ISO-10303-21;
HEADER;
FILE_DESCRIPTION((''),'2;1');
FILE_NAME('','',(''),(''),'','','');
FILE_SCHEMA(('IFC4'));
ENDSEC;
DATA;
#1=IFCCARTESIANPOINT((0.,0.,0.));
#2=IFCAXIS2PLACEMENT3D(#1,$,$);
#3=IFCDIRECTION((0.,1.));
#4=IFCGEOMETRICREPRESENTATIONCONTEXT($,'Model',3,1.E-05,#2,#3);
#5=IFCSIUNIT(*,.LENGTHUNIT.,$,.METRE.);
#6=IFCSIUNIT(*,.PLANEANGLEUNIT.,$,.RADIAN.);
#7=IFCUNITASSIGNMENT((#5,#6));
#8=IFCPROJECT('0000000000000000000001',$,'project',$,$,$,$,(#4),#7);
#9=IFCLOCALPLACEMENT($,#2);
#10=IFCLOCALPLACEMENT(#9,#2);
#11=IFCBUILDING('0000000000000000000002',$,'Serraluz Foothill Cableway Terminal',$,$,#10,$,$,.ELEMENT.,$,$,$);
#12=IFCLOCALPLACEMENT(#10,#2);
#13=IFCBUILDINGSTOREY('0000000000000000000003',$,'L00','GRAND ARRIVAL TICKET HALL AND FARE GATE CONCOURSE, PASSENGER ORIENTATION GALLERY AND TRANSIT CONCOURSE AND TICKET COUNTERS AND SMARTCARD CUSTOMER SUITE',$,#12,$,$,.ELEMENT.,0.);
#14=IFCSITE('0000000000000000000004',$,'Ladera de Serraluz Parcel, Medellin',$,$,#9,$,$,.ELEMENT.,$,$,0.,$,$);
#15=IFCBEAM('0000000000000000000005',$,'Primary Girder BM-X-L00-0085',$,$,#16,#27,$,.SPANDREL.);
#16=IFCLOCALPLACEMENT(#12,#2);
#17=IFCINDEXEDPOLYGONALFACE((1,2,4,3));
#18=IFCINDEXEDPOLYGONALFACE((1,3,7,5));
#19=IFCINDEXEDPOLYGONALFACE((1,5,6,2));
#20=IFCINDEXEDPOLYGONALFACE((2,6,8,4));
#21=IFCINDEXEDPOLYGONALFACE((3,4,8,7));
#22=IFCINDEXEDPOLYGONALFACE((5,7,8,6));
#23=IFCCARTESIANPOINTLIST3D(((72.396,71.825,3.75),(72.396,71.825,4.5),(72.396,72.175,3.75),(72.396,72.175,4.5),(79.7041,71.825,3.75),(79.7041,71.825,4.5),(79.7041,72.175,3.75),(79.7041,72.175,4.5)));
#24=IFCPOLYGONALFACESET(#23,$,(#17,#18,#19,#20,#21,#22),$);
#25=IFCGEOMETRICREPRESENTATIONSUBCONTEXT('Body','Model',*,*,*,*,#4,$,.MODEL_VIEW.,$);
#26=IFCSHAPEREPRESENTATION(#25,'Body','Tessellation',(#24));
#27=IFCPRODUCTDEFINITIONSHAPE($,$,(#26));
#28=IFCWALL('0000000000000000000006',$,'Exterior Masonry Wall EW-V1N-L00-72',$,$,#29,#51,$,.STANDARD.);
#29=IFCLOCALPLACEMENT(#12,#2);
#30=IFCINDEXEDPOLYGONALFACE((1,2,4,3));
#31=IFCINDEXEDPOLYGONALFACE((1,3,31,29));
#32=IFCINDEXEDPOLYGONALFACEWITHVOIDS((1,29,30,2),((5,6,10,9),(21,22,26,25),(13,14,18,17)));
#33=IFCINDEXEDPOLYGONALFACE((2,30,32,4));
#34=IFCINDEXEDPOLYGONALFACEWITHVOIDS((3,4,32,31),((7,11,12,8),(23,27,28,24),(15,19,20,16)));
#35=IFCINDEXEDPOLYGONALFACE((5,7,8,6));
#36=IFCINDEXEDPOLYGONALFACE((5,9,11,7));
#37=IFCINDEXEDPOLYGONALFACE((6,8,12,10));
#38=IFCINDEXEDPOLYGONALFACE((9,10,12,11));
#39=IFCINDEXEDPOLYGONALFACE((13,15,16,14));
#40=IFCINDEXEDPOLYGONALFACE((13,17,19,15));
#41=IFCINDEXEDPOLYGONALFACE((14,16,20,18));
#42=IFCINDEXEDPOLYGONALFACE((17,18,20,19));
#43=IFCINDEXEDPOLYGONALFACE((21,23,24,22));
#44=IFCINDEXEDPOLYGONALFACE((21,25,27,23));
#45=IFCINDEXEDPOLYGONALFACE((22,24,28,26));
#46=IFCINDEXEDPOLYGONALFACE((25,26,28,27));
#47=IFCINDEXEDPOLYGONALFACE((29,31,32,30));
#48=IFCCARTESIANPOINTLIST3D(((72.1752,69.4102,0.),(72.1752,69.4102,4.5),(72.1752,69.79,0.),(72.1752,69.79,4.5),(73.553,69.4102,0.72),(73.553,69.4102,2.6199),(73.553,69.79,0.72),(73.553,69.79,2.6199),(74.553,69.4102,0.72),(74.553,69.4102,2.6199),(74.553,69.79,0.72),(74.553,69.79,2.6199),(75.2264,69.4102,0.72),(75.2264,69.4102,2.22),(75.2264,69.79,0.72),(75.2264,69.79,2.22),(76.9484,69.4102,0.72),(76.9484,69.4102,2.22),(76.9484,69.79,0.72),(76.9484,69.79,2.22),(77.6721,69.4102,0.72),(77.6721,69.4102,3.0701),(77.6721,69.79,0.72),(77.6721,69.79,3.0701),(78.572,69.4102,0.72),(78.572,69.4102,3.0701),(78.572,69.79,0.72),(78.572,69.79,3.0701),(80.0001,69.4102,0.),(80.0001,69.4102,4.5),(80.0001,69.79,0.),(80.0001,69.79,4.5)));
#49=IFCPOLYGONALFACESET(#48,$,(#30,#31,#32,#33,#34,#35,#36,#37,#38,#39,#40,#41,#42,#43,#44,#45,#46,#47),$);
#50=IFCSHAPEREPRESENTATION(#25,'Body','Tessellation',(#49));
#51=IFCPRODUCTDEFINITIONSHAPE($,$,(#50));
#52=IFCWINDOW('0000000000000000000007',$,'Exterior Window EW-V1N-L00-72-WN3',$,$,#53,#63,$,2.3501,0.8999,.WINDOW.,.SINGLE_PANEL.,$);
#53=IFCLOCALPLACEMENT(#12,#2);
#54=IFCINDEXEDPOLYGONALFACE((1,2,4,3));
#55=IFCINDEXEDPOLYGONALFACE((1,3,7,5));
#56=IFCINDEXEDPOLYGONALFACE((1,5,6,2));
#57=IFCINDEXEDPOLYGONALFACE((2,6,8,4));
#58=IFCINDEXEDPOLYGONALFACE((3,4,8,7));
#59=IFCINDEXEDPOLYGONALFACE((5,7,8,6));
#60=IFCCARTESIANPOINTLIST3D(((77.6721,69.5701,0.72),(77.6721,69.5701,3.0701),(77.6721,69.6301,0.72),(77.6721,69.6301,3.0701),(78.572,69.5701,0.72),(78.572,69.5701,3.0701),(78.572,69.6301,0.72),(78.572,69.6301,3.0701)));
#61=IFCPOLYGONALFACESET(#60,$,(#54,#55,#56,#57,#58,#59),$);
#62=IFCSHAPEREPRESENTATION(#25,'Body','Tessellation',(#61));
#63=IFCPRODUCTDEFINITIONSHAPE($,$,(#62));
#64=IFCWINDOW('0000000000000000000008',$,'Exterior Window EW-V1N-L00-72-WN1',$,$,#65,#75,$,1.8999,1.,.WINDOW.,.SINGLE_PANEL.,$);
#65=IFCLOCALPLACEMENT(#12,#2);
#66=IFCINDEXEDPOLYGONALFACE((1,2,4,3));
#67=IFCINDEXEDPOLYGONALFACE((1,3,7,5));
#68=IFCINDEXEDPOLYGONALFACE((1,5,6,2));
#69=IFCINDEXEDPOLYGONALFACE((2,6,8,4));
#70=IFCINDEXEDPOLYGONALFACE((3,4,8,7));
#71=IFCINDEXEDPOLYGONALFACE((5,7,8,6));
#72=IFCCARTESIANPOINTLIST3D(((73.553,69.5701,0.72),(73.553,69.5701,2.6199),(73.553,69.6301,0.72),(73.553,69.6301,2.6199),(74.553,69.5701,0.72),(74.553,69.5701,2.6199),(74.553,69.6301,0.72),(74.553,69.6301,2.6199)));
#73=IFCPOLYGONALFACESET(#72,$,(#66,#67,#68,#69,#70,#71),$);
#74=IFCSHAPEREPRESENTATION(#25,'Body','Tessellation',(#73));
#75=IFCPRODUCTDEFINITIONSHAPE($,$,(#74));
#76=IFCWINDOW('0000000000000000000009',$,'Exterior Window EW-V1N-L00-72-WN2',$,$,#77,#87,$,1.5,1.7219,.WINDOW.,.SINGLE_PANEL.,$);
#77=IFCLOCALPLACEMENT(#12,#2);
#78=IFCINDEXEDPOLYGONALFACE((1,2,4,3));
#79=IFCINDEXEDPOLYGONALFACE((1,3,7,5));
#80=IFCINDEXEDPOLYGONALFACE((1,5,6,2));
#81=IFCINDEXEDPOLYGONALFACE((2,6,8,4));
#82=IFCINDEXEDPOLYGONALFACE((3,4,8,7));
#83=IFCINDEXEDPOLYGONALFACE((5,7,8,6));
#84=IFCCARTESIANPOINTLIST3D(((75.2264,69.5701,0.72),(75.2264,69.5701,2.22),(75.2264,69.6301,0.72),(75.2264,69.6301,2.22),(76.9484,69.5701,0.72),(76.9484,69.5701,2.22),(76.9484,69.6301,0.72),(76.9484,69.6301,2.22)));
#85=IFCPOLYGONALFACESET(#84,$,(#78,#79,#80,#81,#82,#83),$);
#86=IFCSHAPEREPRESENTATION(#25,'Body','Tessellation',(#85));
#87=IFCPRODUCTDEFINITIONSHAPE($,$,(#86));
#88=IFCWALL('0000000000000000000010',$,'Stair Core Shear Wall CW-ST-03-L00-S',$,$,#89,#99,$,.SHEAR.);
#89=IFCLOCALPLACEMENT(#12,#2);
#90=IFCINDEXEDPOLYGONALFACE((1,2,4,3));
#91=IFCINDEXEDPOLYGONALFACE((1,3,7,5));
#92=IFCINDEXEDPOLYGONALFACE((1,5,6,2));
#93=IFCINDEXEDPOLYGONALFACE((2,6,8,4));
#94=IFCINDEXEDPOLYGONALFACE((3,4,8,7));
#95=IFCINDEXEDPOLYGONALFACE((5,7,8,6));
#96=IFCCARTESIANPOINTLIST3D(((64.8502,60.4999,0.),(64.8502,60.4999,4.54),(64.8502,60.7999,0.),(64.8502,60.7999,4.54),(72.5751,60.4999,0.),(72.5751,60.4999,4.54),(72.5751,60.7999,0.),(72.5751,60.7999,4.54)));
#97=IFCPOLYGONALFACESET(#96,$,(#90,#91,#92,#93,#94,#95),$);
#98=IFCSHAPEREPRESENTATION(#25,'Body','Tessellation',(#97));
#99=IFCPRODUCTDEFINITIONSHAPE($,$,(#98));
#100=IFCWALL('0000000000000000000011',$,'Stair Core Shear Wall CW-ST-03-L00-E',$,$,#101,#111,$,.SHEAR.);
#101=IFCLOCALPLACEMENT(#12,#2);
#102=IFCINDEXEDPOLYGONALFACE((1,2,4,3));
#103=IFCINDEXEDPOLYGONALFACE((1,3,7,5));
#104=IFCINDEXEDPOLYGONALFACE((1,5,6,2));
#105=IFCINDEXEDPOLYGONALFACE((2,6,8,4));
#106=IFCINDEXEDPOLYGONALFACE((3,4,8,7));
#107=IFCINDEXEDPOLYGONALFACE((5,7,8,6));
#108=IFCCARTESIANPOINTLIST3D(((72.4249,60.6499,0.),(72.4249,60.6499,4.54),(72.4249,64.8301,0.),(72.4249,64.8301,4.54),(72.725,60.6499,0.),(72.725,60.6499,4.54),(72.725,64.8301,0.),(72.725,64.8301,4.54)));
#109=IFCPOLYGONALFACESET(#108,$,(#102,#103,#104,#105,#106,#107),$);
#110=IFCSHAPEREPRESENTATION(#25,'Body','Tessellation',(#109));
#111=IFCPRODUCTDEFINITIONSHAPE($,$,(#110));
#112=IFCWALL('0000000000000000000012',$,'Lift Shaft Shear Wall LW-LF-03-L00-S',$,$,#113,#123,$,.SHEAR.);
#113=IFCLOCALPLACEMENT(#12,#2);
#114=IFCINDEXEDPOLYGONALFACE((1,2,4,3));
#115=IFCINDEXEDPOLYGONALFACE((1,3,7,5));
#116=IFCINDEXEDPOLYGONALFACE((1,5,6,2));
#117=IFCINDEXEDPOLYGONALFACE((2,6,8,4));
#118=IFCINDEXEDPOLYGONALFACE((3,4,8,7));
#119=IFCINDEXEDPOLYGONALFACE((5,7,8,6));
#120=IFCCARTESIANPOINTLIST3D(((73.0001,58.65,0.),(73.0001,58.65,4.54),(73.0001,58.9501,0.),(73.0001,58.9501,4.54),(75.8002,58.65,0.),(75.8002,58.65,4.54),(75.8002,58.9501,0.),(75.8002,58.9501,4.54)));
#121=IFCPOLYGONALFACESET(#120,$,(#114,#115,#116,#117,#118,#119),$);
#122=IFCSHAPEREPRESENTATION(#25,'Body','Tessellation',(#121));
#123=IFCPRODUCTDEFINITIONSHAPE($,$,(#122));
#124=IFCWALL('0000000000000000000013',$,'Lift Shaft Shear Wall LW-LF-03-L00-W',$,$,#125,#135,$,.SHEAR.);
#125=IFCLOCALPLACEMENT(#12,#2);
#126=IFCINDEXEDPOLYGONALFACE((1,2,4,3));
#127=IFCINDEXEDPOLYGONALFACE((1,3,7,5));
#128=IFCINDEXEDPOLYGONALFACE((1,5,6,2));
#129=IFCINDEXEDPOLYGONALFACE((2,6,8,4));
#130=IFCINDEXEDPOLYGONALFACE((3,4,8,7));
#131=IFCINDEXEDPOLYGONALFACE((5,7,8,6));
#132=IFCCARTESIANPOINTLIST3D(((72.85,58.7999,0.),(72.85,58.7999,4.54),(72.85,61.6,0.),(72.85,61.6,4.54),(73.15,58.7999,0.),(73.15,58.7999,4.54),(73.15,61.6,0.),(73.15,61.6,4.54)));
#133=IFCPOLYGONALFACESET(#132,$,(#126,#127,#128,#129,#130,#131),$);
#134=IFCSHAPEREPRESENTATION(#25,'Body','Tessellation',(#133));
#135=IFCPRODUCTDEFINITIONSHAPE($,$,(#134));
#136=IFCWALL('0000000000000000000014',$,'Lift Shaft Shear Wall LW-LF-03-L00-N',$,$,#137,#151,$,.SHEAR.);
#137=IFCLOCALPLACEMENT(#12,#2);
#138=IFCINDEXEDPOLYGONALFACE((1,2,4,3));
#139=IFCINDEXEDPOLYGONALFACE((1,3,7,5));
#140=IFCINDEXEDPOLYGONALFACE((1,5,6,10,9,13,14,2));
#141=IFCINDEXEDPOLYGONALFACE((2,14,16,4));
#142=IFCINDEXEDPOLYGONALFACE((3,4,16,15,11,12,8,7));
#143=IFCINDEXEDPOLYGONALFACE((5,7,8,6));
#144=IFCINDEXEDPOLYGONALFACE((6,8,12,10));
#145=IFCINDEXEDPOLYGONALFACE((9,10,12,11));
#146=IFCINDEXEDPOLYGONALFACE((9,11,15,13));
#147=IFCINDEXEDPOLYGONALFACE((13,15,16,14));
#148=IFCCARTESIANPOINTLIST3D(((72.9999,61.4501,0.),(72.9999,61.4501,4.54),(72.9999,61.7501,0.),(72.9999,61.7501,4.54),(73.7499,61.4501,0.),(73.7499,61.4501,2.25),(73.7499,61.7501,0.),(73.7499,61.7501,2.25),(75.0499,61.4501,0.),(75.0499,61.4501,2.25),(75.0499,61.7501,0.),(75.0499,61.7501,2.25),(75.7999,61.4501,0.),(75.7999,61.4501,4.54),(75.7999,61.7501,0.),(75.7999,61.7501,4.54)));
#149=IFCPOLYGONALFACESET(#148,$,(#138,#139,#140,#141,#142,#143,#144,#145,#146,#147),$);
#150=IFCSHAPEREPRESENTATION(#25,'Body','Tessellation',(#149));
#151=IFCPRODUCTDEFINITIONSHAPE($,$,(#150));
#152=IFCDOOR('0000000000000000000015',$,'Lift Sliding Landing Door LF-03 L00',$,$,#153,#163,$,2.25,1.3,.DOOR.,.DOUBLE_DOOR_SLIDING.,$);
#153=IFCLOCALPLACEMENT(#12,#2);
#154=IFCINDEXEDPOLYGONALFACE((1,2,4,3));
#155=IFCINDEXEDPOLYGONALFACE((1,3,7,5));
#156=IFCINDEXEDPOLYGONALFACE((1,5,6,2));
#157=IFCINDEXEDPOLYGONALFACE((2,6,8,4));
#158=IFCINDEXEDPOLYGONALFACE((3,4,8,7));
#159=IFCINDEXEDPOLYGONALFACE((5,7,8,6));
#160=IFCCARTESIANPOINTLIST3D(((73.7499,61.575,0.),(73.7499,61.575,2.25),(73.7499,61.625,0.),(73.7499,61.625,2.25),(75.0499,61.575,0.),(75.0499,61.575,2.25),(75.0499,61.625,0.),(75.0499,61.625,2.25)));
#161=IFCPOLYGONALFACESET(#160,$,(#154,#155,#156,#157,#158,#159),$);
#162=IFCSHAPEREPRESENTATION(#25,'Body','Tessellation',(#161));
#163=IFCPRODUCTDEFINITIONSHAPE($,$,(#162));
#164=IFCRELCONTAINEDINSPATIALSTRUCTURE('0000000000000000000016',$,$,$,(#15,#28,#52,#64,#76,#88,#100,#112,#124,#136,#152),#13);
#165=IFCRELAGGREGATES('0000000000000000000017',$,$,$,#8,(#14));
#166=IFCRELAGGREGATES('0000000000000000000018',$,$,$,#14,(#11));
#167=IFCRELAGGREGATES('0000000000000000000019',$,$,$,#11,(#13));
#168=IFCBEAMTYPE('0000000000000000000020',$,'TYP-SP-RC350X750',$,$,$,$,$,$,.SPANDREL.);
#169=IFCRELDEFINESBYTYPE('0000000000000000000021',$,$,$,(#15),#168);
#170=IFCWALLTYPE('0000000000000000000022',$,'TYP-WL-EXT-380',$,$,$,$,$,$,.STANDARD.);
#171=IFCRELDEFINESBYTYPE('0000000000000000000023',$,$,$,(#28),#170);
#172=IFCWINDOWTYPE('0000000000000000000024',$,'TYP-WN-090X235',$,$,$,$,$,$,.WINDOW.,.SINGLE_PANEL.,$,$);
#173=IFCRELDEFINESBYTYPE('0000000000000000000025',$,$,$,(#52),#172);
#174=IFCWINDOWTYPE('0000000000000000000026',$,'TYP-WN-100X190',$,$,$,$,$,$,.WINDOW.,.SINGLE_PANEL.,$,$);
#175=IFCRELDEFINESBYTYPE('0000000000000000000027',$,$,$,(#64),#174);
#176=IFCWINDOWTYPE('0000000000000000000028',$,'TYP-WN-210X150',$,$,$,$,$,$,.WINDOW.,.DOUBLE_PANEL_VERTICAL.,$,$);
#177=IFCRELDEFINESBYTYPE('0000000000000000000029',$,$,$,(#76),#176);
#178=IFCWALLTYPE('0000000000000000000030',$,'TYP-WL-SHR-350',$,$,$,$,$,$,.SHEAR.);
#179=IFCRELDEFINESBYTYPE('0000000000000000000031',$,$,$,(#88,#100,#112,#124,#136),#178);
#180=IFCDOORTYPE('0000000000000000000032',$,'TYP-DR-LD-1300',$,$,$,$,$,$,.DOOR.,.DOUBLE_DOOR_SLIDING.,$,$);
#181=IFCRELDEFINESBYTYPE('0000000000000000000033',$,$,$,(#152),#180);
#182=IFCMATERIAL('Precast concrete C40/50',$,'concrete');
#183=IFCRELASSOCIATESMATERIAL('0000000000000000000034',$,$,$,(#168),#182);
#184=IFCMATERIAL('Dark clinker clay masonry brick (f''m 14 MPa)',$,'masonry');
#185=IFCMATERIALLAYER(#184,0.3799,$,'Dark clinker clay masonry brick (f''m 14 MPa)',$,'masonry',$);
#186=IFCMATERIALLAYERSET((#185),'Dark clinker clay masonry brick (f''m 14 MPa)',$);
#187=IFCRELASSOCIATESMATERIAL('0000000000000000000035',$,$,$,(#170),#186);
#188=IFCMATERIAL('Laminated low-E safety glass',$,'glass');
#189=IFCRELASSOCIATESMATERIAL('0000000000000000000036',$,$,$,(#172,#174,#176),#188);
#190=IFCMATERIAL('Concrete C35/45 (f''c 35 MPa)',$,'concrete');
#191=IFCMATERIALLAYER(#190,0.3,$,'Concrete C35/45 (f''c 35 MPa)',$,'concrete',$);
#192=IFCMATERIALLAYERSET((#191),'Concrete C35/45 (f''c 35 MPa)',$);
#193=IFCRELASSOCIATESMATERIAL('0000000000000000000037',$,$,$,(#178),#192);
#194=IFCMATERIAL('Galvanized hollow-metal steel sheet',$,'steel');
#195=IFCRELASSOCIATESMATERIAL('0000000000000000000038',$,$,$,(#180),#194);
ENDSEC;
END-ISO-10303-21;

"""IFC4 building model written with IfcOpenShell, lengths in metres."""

from ifc_helpers import new_model, si_unit, direction, frame, frame_2d, origin, origin_2d, place, context, subcontext, project, spatial, rectangle, extrude, material, layer, layer_set, material_profile, profile_set, type_object, element, fill, save


model = new_model("IFC4")

# Units and contexts
model_context = context("Model", 3, precision=1e-05, world=origin(), true_north=direction((0.0, 1.0)))
body_context = subcontext(model_context, "Body", "Model", "MODEL_VIEW")
ifc_project = project(units=[si_unit("LENGTHUNIT", "METRE"), si_unit("PLANEANGLEUNIT", "RADIAN")], contexts=[model_context])

# Site, building, storey
site_placement = place(None, origin())
site = spatial("IfcSite", under=ifc_project, at=site_placement, Name="Ladera de Serraluz Parcel, Medellin", CompositionType="ELEMENT", RefElevation=0.0)
building_placement = place(site_placement, origin())
building = spatial("IfcBuilding", under=site, at=building_placement, Name="Serraluz Foothill Cableway Terminal", CompositionType="ELEMENT")
storey_placement = place(building_placement, origin())
storey = spatial("IfcBuildingStorey", under=building, at=storey_placement, Name="L00", Description="GRAND ARRIVAL TICKET HALL AND FARE GATE CONCOURSE, PASSENGER ORIENTATION GALLERY AND TRANSIT CONCOURSE AND TICKET COUNTERS AND SMARTCARD CUSTOMER SUITE", CompositionType="ELEMENT", Elevation=0.0)

# Shared definitions
ifc_material_1 = material(Name="Concrete C35/45 (f'c 35 MPa)", Category="concrete")

# Shared definitions
ifc_material_2 = material(Name="Dark clinker clay masonry brick (f'm 14 MPa)", Category="masonry")

# Beam
ifc_material_3 = material(Name="Precast concrete C40/50", Category="concrete")
ifc_material_profile_1 = material_profile(ifc_material_3, rectangle(XDim=0.3501, YDim=0.75, at=origin_2d()), Name="RC SP 350x750")
ifc_profile_set_1 = profile_set([ifc_material_profile_1], Name="Precast concrete C40/50")
beam_type = type_object("IfcBeamType", Name="TYP-SP-RC350X750", PredefinedType="SPANDREL", material=ifc_profile_set_1)
beam_placement = place(storey_placement, frame((72.396, 72.0, 4.125), z_axis=(1.0, 0.0, 0.0), x_axis=(0.0, 1.0, 0.0)))
element("IfcBeam", 1, at=beam_placement, inside=storey, type_object=beam_type, Name="Primary Girder BM-X-L00-0085", PredefinedType="SPANDREL", context=body_context, shape_type="SweptSolid", body=[
    extrude(rectangle(XDim=0.3501, YDim=0.75, at=origin_2d()), origin(), (0.0, 0.0, 1.0), 7.3081),
])

# Wall, openings, windows
ifc_layer_1 = layer(ifc_material_2, 0.3799, Name="Dark clinker clay masonry brick (f'm 14 MPa)", Category="masonry")
ifc_layer_set_1 = layer_set([ifc_layer_1], Name="Dark clinker clay masonry brick (f'm 14 MPa)")
wall_type_1 = type_object("IfcWallType", Name="TYP-WL-EXT-380", PredefinedType="STANDARD", material=ifc_layer_set_1)
wall_1_placement = place(storey_placement, frame((72.175, 69.6001, 0.0), z_axis=(0.0, 0.0, 1.0), x_axis=(1.0, 0.0, 0.0)))
wall_1 = element("IfcWall", 2, at=wall_1_placement, inside=storey, type_object=wall_type_1, Name="Exterior Masonry Wall EW-V1N-L00-72", PredefinedType="STANDARD", context=body_context, shape_type="SweptSolid", body=[
    extrude(rectangle(XDim=7.825, YDim=0.3799, at=frame_2d((3.9126, 0.0))), origin(), (0.0, 0.0, 1.0), 4.5),
])
opening_1_placement = place(wall_1_placement, frame((1.3779, 0.0, 0.72)))
opening_1 = element("IfcOpeningElement", 3, at=opening_1_placement, cuts=wall_1, PredefinedType="OPENING", context=body_context, shape_type="SweptSolid", body=[
    extrude(rectangle(XDim=1.0, YDim=1.8999, at=frame_2d((0.5, 0.95))), frame((0.0, 0.2, 0.0), z_axis=(0.0, -1.0, 0.0), x_axis=(1.0, 0.0, 0.0)), (0.0, 0.0, 1.0), 0.3999),
])
opening_2_placement = place(wall_1_placement, frame((3.0515, 0.0, 0.72)))
opening_2 = element("IfcOpeningElement", 4, at=opening_2_placement, cuts=wall_1, PredefinedType="OPENING", context=body_context, shape_type="SweptSolid", body=[
    extrude(rectangle(XDim=1.7219, YDim=1.5, at=frame_2d((0.8608, 0.75))), frame((0.0, 0.2, 0.0), z_axis=(0.0, -1.0, 0.0), x_axis=(1.0, 0.0, 0.0)), (0.0, 0.0, 1.0), 0.3999),
])
opening_3_placement = place(wall_1_placement, frame((5.4971, 0.0, 0.72)))
opening_3 = element("IfcOpeningElement", 5, at=opening_3_placement, cuts=wall_1, PredefinedType="OPENING", context=body_context, shape_type="SweptSolid", body=[
    extrude(rectangle(XDim=0.8999, YDim=2.3501, at=frame_2d((0.45, 1.175))), frame((0.0, 0.2, 0.0), z_axis=(0.0, -1.0, 0.0), x_axis=(1.0, 0.0, 0.0)), (0.0, 0.0, 1.0), 0.3999),
])
ifc_material_4 = material(Name="Laminated low-E safety glass", Category="glass")
window_type_1 = type_object("IfcWindowType", Name="TYP-WN-090X235", PartitioningType="SINGLE_PANEL", PredefinedType="WINDOW", material=ifc_material_4)
window_1_placement = place(opening_3_placement, origin())
window_1 = element("IfcWindow", 6, at=window_1_placement, inside=storey, type_object=window_type_1, Name="Exterior Window EW-V1N-L00-72-WN3", OverallHeight=2.3501, OverallWidth=0.8999, PartitioningType="SINGLE_PANEL", PredefinedType="WINDOW", context=body_context, shape_type="SweptSolid", body=[
    extrude(rectangle(XDim=0.8999, YDim=2.3501, at=frame_2d((0.45, 1.175))), frame((0.0, 0.03, 0.0), z_axis=(0.0, -1.0, 0.0), x_axis=(1.0, 0.0, 0.0)), (0.0, 0.0, 1.0), 0.0601),
])
fill(opening_3, window_1)
window_type_2 = type_object("IfcWindowType", Name="TYP-WN-100X190", PartitioningType="SINGLE_PANEL", PredefinedType="WINDOW", material=ifc_material_4)
window_2_placement = place(opening_1_placement, origin())
window_2 = element("IfcWindow", 7, at=window_2_placement, inside=storey, type_object=window_type_2, Name="Exterior Window EW-V1N-L00-72-WN1", OverallHeight=1.8999, OverallWidth=1.0, PartitioningType="SINGLE_PANEL", PredefinedType="WINDOW", context=body_context, shape_type="SweptSolid", body=[
    extrude(rectangle(XDim=1.0, YDim=1.8999, at=frame_2d((0.5, 0.95))), frame((0.0, 0.03, 0.0), z_axis=(0.0, -1.0, 0.0), x_axis=(1.0, 0.0, 0.0)), (0.0, 0.0, 1.0), 0.0601),
])
fill(opening_1, window_2)
window_type_3 = type_object("IfcWindowType", Name="TYP-WN-210X150", PartitioningType="DOUBLE_PANEL_VERTICAL", PredefinedType="WINDOW", material=ifc_material_4)
window_3_placement = place(opening_2_placement, origin())
window_3 = element("IfcWindow", 8, at=window_3_placement, inside=storey, type_object=window_type_3, Name="Exterior Window EW-V1N-L00-72-WN2", OverallHeight=1.5, OverallWidth=1.7219, PartitioningType="SINGLE_PANEL", PredefinedType="WINDOW", context=body_context, shape_type="SweptSolid", body=[
    extrude(rectangle(XDim=1.7219, YDim=1.5, at=frame_2d((0.8608, 0.75))), frame((0.0, 0.03, 0.0), z_axis=(0.0, -1.0, 0.0), x_axis=(1.0, 0.0, 0.0)), (0.0, 0.0, 1.0), 0.0601),
])
fill(opening_2, window_3)

# Walls
ifc_layer_2 = layer(ifc_material_1, 0.3, Name="Concrete C35/45 (f'c 35 MPa)", Category="concrete")
ifc_layer_set_2 = layer_set([ifc_layer_2], Name="Concrete C35/45 (f'c 35 MPa)")
wall_type_2 = type_object("IfcWallType", Name="TYP-WL-SHR-350", PredefinedType="SHEAR", material=ifc_layer_set_2)
wall_2_placement = place(storey_placement, frame((72.575, 60.6499, 0.0), z_axis=(0.0, 0.0, 1.0), x_axis=(-1.0, 0.0, 0.0)))
element("IfcWall", 9, at=wall_2_placement, inside=storey, type_object=wall_type_2, Name="Stair Core Shear Wall CW-ST-03-L00-S", PredefinedType="SHEAR", context=body_context, shape_type="SweptSolid", body=[
    extrude(rectangle(XDim=7.7249, YDim=0.3, at=frame_2d((3.8623, 0.0))), origin(), (0.0, 0.0, 1.0), 4.54),
])
wall_3_placement = place(storey_placement, frame((72.575, 64.8301, 0.0), z_axis=(0.0, 0.0, 1.0), x_axis=(0.0, -1.0, 0.0)))
element("IfcWall", 10, at=wall_3_placement, inside=storey, type_object=wall_type_2, Name="Stair Core Shear Wall CW-ST-03-L00-E", PredefinedType="SHEAR", context=body_context, shape_type="SweptSolid", body=[
    extrude(rectangle(XDim=4.1802, YDim=0.3, at=frame_2d((2.0901, 0.0))), origin(), (0.0, 0.0, 1.0), 4.54),
])
for number, where, z_axis, x_axis, name in (
    (11, (75.8, 58.8, 0.0), (0.0, 0.0, 1.0), (-1.0, 0.0, 0.0), "Lift Shaft Shear Wall LW-LF-03-L00-S"),
    (12, (73.0, 58.8, 0.0), (0.0, 0.0, 1.0), (0.0, 1.0, 0.0), "Lift Shaft Shear Wall LW-LF-03-L00-W"),
):
    element("IfcWall", number, at=place(storey_placement, frame(where, z_axis=z_axis, x_axis=x_axis)), inside=storey, type_object=wall_type_2, Name=name, PredefinedType="SHEAR", context=body_context, shape_type="SweptSolid", body=[
        extrude(rectangle(XDim=2.8, YDim=0.3, at=frame_2d((1.3999, 0.0))), origin(), (0.0, 0.0, 1.0), 4.54),
    ])

# Wall, opening, door
wall_4_placement = place(storey_placement, frame((73.0, 61.6001, 0.0), z_axis=(0.0, 0.0, 1.0), x_axis=(1.0, 0.0, 0.0)))
wall_4 = element("IfcWall", 13, at=wall_4_placement, inside=storey, type_object=wall_type_2, Name="Lift Shaft Shear Wall LW-LF-03-L00-N", PredefinedType="SHEAR", context=body_context, shape_type="SweptSolid", body=[
    extrude(rectangle(XDim=2.8, YDim=0.3, at=frame_2d((1.3999, 0.0))), origin(), (0.0, 0.0, 1.0), 4.54),
])
opening_4_placement = place(wall_4_placement, frame((0.75, 0.0, 0.0)))
opening_4 = element("IfcOpeningElement", 14, at=opening_4_placement, cuts=wall_4, PredefinedType="OPENING", context=body_context, shape_type="SweptSolid", body=[
    extrude(rectangle(XDim=1.3, YDim=2.25, at=frame_2d((0.6499, 1.125))), frame((0.0, 0.1602, 0.0), z_axis=(0.0, -1.0, 0.0), x_axis=(1.0, 0.0, 0.0)), (0.0, 0.0, 1.0), 0.3201),
])
ifc_material_5 = material(Name="Galvanized hollow-metal steel sheet", Category="steel")
door_type = type_object("IfcDoorType", Name="TYP-DR-LD-1300", OperationType="DOUBLE_DOOR_SLIDING", PredefinedType="DOOR", material=ifc_material_5)
door_placement = place(opening_4_placement, origin())
door = element("IfcDoor", 15, at=door_placement, inside=storey, type_object=door_type, Name="Lift Sliding Landing Door LF-03 L00", OperationType="DOUBLE_DOOR_SLIDING", OverallHeight=2.25, OverallWidth=1.3, PredefinedType="DOOR", context=body_context, shape_type="SweptSolid", body=[
    extrude(rectangle(XDim=1.3, YDim=2.25, at=frame_2d((0.6499, 1.125))), frame((0.0, 0.0249, 0.0), z_axis=(0.0, -1.0, 0.0), x_axis=(1.0, 0.0, 0.0)), (0.0, 0.0, 1.0), 0.05),
])
fill(opening_4, door)

save(model, "model.ifc")
